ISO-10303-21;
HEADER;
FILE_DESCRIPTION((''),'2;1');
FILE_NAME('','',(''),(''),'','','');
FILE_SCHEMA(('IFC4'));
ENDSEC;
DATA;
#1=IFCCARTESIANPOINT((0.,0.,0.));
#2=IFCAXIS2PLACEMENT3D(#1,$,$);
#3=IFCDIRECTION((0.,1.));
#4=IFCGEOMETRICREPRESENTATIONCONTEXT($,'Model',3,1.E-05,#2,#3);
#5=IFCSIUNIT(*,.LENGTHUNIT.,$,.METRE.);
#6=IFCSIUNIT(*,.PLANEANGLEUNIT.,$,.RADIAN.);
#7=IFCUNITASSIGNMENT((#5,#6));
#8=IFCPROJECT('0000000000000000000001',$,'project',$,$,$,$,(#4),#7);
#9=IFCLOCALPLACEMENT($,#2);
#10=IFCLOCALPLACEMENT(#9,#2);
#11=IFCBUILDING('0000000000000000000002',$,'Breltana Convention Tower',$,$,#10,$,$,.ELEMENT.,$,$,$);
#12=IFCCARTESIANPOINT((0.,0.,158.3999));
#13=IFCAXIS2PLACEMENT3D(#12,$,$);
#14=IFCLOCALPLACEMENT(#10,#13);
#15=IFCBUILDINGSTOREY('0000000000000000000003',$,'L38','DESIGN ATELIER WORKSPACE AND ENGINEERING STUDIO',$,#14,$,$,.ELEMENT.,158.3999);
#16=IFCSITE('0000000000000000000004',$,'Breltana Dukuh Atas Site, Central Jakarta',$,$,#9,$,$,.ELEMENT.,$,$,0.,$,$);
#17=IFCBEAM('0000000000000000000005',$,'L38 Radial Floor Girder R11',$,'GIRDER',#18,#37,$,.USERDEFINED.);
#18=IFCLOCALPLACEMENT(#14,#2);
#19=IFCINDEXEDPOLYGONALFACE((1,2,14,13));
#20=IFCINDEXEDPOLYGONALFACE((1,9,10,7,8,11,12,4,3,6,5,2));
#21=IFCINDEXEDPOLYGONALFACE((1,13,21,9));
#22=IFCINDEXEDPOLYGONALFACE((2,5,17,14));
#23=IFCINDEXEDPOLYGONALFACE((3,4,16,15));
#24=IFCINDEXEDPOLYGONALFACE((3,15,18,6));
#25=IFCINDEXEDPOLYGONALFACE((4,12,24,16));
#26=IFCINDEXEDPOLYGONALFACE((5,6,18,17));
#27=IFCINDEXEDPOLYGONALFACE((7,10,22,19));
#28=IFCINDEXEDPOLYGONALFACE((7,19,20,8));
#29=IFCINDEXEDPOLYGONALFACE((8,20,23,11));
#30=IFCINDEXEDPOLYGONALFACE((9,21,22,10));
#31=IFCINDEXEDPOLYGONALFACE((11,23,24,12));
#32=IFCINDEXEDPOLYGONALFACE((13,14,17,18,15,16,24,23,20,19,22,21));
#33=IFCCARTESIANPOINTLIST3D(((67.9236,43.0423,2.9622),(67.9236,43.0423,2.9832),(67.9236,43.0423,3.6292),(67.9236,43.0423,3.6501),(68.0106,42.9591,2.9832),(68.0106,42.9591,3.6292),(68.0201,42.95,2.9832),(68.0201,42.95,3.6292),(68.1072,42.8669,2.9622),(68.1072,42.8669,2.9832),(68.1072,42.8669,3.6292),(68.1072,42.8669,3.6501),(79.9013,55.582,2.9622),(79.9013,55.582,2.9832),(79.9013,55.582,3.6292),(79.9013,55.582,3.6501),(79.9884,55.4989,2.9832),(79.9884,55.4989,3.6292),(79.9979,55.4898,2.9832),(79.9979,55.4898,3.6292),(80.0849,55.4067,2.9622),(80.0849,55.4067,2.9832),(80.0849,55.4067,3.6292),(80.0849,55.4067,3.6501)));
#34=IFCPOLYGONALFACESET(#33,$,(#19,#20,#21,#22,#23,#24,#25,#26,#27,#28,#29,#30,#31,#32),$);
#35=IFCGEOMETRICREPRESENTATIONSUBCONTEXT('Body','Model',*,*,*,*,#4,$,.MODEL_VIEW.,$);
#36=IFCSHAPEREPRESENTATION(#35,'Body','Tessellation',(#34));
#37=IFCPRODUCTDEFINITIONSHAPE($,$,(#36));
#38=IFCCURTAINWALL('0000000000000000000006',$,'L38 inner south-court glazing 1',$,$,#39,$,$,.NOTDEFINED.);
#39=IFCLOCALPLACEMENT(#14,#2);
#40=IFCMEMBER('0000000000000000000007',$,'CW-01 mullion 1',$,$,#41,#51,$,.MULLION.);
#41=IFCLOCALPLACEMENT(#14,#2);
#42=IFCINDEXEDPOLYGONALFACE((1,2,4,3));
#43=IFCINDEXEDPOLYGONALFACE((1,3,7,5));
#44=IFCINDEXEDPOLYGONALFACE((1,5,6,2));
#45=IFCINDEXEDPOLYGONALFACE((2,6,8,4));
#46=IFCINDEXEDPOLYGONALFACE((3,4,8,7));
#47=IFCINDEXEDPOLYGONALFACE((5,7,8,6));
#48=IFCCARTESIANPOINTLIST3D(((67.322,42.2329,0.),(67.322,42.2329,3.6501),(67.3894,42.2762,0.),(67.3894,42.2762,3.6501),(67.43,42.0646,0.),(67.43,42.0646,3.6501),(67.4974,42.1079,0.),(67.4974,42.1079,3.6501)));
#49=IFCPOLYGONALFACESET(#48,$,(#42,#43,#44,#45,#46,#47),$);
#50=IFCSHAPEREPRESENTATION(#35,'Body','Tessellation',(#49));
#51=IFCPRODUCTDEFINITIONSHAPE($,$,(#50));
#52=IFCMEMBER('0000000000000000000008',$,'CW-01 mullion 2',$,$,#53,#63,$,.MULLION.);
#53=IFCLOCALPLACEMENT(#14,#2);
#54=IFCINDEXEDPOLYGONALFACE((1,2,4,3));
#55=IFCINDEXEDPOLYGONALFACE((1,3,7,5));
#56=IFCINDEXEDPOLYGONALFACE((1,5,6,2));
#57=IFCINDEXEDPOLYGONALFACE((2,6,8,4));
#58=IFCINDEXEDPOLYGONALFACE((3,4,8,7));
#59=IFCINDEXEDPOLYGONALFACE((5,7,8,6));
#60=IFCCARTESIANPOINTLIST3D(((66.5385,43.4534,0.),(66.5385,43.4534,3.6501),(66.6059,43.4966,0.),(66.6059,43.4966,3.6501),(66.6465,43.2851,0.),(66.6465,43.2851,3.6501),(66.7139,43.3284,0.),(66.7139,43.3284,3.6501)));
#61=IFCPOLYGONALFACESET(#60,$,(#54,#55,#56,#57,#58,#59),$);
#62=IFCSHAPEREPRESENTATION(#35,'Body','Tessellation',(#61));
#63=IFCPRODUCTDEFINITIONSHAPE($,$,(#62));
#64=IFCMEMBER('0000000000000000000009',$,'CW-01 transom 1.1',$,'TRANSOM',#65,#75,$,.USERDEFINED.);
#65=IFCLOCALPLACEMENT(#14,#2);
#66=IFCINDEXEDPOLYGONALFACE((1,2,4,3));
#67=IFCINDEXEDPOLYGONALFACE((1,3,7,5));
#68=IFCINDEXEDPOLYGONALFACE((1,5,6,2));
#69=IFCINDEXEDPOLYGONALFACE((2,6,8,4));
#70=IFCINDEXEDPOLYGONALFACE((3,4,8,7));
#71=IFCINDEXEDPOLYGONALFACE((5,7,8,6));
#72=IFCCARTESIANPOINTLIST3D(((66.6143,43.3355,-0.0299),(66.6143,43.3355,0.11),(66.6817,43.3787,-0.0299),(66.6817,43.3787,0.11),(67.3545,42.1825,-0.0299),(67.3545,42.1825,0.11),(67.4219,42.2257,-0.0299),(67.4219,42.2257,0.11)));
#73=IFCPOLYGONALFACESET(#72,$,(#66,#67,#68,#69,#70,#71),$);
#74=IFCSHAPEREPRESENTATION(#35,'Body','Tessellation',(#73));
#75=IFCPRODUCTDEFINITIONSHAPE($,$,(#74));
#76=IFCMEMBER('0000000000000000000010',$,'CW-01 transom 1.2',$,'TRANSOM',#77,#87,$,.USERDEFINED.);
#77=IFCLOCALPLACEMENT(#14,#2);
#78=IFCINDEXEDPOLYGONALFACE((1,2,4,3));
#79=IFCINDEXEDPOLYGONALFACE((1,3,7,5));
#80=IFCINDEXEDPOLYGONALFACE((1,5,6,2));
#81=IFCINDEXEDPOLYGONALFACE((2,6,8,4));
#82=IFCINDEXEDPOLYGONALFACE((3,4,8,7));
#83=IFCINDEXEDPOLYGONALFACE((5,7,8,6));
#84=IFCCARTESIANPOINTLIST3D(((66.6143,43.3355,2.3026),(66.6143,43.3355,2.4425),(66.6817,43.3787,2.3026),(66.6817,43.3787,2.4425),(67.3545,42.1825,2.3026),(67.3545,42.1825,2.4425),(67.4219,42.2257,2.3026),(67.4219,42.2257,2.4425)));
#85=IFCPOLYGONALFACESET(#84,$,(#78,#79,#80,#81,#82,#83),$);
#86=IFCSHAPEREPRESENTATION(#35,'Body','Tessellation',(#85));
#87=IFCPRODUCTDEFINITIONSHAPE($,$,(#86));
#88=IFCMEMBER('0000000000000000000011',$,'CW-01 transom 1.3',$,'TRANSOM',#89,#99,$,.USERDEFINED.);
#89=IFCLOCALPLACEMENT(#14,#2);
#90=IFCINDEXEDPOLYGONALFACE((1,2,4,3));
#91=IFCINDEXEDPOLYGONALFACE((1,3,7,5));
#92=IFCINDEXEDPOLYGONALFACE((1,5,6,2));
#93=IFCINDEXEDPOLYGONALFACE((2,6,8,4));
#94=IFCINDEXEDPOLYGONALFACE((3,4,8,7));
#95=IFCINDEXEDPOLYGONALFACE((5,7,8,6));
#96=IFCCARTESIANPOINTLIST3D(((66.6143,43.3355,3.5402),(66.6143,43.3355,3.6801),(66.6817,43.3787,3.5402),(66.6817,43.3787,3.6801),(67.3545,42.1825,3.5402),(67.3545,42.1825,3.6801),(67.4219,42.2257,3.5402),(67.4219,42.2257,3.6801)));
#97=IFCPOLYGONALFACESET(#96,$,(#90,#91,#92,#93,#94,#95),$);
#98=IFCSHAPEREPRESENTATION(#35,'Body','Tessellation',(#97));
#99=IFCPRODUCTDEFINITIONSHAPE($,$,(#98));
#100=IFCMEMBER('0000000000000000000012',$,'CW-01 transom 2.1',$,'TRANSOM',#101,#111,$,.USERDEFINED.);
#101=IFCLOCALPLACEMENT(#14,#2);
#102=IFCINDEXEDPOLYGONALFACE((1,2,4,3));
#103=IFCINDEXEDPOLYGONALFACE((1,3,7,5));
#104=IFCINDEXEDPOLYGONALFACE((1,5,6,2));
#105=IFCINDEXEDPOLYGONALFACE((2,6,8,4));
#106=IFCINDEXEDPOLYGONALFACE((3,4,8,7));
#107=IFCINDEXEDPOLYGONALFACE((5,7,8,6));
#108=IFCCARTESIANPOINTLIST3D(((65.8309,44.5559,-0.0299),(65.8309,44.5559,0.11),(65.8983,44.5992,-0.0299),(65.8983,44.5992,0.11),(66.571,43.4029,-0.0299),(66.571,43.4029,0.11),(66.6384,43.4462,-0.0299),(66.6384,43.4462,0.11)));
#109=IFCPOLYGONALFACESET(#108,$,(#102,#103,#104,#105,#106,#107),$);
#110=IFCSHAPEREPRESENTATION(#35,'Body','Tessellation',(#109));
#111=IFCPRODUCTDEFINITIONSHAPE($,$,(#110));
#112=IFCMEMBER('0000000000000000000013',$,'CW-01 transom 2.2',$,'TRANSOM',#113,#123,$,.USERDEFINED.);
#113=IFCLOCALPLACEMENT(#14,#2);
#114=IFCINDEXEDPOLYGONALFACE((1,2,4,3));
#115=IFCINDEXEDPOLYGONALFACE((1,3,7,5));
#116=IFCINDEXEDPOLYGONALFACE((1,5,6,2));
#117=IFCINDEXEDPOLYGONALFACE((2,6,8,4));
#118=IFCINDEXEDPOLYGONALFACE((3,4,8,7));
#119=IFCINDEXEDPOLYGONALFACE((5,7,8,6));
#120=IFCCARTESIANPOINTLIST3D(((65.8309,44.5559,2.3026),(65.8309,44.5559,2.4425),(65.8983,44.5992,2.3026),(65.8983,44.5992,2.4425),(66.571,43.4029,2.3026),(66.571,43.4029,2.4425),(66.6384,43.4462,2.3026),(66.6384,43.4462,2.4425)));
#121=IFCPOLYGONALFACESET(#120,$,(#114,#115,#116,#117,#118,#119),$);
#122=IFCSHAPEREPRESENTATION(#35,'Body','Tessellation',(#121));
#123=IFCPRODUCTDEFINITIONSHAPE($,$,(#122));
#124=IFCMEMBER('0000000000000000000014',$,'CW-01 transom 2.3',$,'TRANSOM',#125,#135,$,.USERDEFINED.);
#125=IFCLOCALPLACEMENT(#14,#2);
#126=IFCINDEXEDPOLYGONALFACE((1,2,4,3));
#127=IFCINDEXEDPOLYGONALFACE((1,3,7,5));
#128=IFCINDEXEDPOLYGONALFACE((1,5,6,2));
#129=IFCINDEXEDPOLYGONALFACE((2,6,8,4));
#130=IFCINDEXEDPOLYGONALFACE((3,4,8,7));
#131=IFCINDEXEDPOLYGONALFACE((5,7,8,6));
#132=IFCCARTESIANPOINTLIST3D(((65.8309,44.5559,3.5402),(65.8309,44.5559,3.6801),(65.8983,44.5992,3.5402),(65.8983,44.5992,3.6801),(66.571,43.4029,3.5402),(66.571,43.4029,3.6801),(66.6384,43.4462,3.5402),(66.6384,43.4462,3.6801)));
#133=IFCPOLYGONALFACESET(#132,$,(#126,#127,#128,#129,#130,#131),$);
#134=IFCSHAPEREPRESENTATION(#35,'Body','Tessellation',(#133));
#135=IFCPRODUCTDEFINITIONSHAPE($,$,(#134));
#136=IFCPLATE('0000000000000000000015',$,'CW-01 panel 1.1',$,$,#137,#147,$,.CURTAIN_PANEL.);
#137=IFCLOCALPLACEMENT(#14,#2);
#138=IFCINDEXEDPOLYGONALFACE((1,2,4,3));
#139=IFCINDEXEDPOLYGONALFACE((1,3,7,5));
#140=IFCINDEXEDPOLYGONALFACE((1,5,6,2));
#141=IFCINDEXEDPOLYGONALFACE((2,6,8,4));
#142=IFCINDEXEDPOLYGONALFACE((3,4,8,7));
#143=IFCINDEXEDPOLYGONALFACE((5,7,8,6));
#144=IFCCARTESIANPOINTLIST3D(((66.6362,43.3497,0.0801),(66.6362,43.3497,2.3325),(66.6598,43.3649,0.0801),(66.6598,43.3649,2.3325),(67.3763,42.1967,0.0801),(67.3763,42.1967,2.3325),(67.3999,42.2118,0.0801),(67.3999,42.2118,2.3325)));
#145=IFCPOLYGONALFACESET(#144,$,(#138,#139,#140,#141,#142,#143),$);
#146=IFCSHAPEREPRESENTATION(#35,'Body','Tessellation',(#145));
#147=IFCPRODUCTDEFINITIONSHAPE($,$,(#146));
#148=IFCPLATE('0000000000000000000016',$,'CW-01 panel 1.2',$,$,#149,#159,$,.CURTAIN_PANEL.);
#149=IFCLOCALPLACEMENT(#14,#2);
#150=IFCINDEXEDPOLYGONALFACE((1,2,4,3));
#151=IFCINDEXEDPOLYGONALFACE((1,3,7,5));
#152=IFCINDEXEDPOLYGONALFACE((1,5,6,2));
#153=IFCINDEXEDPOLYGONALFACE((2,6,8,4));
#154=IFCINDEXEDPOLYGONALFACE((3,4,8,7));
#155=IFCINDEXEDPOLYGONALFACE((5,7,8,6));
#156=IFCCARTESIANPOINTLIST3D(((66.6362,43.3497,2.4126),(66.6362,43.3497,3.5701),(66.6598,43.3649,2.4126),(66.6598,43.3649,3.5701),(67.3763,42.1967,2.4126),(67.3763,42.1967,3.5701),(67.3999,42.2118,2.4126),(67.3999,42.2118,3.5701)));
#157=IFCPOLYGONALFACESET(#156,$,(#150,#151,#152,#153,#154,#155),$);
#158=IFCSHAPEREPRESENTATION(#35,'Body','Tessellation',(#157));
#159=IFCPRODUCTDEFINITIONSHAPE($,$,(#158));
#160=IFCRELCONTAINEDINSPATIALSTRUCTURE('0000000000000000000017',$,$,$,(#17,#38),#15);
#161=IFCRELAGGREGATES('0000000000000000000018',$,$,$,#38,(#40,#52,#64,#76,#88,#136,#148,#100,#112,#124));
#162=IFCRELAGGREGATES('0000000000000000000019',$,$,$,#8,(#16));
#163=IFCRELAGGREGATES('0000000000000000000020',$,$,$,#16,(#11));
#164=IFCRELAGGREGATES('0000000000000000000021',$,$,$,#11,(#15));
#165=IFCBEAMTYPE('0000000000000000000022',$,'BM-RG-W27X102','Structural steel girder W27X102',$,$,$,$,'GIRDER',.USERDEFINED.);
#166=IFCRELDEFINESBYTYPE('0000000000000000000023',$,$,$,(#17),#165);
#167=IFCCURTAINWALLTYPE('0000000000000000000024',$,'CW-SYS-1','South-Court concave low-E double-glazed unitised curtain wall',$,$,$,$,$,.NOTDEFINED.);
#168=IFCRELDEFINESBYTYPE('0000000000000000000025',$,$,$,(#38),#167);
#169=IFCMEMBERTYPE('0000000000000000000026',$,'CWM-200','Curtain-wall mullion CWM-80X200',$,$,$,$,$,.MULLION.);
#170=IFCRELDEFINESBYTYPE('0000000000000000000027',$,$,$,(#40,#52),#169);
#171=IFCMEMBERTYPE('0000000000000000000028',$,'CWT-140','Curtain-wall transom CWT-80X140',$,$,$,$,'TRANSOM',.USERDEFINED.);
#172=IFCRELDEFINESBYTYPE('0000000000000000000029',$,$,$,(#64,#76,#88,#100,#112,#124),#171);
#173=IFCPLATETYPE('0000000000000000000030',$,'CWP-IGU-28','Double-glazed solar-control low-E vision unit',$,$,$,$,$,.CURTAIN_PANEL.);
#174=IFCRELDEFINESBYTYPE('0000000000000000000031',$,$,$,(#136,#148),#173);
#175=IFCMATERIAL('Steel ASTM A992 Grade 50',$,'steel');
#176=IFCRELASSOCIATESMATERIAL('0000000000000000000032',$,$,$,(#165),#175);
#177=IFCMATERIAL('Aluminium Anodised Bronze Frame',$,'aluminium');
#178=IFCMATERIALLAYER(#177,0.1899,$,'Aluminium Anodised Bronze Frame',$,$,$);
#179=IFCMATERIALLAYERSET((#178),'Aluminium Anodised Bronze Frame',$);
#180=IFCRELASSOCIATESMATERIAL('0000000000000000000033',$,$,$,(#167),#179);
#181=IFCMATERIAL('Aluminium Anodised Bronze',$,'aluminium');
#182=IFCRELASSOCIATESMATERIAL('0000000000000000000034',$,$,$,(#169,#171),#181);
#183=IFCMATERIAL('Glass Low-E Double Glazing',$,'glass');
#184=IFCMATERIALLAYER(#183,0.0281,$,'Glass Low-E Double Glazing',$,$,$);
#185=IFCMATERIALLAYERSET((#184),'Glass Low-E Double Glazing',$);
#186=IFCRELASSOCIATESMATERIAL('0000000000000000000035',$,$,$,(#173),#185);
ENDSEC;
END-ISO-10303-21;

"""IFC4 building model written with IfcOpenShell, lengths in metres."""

from ifc_helpers import new_model, si_unit, direction, frame, origin, origin_2d, place, context, subcontext, project, spatial, rectangle, i_section, extrude, source, transform, mapped, material, layer, layer_set, material_profile, profile_set, type_object, type_shapes, element, aggregate, save


model = new_model("IFC4")

# Units and contexts
model_context = context("Model", 3, precision=1e-05, world=origin(), true_north=direction((0.0, 1.0)))
body_context = subcontext(model_context, "Body", "Model", "MODEL_VIEW")
ifc_project = project(units=[si_unit("LENGTHUNIT", "METRE"), si_unit("PLANEANGLEUNIT", "RADIAN")], contexts=[model_context])

# Site, building, storey
site_placement = place(None, origin())
site = spatial("IfcSite", under=ifc_project, at=site_placement, Name="Breltana Dukuh Atas Site, Central Jakarta", CompositionType="ELEMENT", RefElevation=0.0)
building_placement = place(site_placement, origin())
building = spatial("IfcBuilding", under=site, at=building_placement, Name="Breltana Convention Tower", CompositionType="ELEMENT")
storey_placement = place(building_placement, frame((0.0, 0.0, 158.3999)))
storey = spatial("IfcBuildingStorey", under=building, at=storey_placement, Name="L38", Description="DESIGN ATELIER WORKSPACE AND ENGINEERING STUDIO", CompositionType="ELEMENT", Elevation=158.3999)

# Beam
ifc_material_1 = material(Name="Steel ASTM A992 Grade 50", Category="steel")
ifc_material_profile_1 = material_profile(ifc_material_1, i_section(OverallWidth=0.2539, OverallDepth=0.688, WebThickness=0.0132, FlangeThickness=0.021, at=origin_2d()), Name="W27X102")
ifc_profile_set_1 = profile_set([ifc_material_profile_1], Name="Steel ASTM A992 Grade 50")
beam_type = type_object("IfcBeamType", Name="BM-RG-W27X102", Description="Structural steel girder W27X102", ElementType="GIRDER", PredefinedType="USERDEFINED", material=ifc_profile_set_1)
shared_shape_1 = source(origin(), body_context, "Body", "SweptSolid", [
    extrude(i_section(OverallWidth=0.2539, OverallDepth=0.688, WebThickness=0.0132, FlangeThickness=0.021, at=origin_2d()), origin(), (0.0, 0.0, 1.0), 17.3411),
])
type_shapes(beam_type, [shared_shape_1])
beam_placement = place(storey_placement, frame((68.0154, 42.9546, 3.3062), z_axis=(0.690716, 0.723126, 0.0), x_axis=(-0.723126, 0.690716, 0.0)))
element("IfcBeam", 1, at=beam_placement, inside=storey, type_object=beam_type, Name="L38 Radial Floor Girder R11", ObjectType="GIRDER", PredefinedType="USERDEFINED", context=body_context, shape_type="MappedRepresentation", body=[
    mapped(shared_shape_1, transform((0.0, 0.0, 0.0), scale=1.0)),
])

# Curtain wall, members, plates
ifc_material_2 = material(Name="Aluminium Anodised Bronze Frame", Category="aluminium")
ifc_layer_1 = layer(ifc_material_2, 0.1899, Name="Aluminium Anodised Bronze Frame")
ifc_layer_set_1 = layer_set([ifc_layer_1], Name="Aluminium Anodised Bronze Frame")
curtain_wall_type = type_object("IfcCurtainWallType", Name="CW-SYS-1", Description="South-Court concave low-E double-glazed unitised curtain wall", PredefinedType="NOTDEFINED", material=ifc_layer_set_1)
curtain_wall_placement = place(storey_placement, origin())
curtain_wall = element("IfcCurtainWall", 2, at=curtain_wall_placement, inside=storey, type_object=curtain_wall_type, Name="L38 inner south-court glazing 1", PredefinedType="NOTDEFINED")
ifc_material_3 = material(Name="Aluminium Anodised Bronze", Category="aluminium")
ifc_material_profile_2 = material_profile(ifc_material_3, rectangle(XDim=0.0801, YDim=0.2, at=origin_2d()), Name="CWM-80X200")
ifc_profile_set_2 = profile_set([ifc_material_profile_2], Name="Aluminium Anodised Bronze")
member_type_1 = type_object("IfcMemberType", Name="CWM-200", Description="Curtain-wall mullion CWM-80X200", PredefinedType="MULLION", material=ifc_profile_set_2)
shared_shape_2 = source(origin(), body_context, "Body", "SweptSolid", [
    extrude(rectangle(XDim=0.0801, YDim=0.2, at=origin_2d()), origin(), (0.0, 0.0, 1.0), 3.6501),
])
member_1_placement = place(storey_placement, frame((67.4097, 42.1704, 0.0), z_axis=(0.0, 0.0, 1.0), x_axis=(-0.841547, -0.540184, 0.0)))
member_1 = element("IfcMember", 3, at=member_1_placement, type_object=member_type_1, Name="CW-01 mullion 1", PredefinedType="MULLION", context=body_context, shape_type="MappedRepresentation", body=[
    mapped(shared_shape_2, transform((0.0, 0.0, 0.0), scale=1.0)),
])
member_2_placement = place(storey_placement, frame((66.6262, 43.3909, 0.0), z_axis=(0.0, 0.0, 1.0), x_axis=(-0.841547, -0.540184, 0.0)))
member_2 = element("IfcMember", 4, at=member_2_placement, type_object=member_type_1, Name="CW-01 mullion 2", PredefinedType="MULLION", context=body_context, shape_type="MappedRepresentation", body=[
    mapped(shared_shape_2, transform((0.0, 0.0, 0.0), scale=1.0)),
])
ifc_material_profile_3 = material_profile(ifc_material_3, rectangle(XDim=0.0801, YDim=0.1399, at=origin_2d()), Name="CWT-80X140")
ifc_profile_set_3 = profile_set([ifc_material_profile_3], Name="Aluminium Anodised Bronze")
member_type_2 = type_object("IfcMemberType", Name="CWT-140", Description="Curtain-wall transom CWT-80X140", ElementType="TRANSOM", PredefinedType="USERDEFINED", material=ifc_profile_set_3)
shared_shape_3 = source(origin(), body_context, "Body", "SweptSolid", [
    extrude(rectangle(XDim=0.0801, YDim=0.1399, at=origin_2d()), origin(), (0.0, 0.0, 1.0), 1.3701),
])
member_3_placement = place(storey_placement, frame((67.3882, 42.2041, 0.04), z_axis=(-0.540226, 0.84152, 0.0), x_axis=(-0.84152, -0.540226, 0.0)))
member_3 = element("IfcMember", 5, at=member_3_placement, type_object=member_type_2, Name="CW-01 transom 1.1", ObjectType="TRANSOM", PredefinedType="USERDEFINED", context=body_context, shape_type="MappedRepresentation", body=[
    mapped(shared_shape_3, transform((0.0, 0.0, 0.0), scale=1.0)),
])
member_4_placement = place(storey_placement, frame((67.3882, 42.2041, 2.3726), z_axis=(-0.540226, 0.84152, 0.0), x_axis=(-0.84152, -0.540226, 0.0)))
member_4 = element("IfcMember", 6, at=member_4_placement, type_object=member_type_2, Name="CW-01 transom 1.2", ObjectType="TRANSOM", PredefinedType="USERDEFINED", context=body_context, shape_type="MappedRepresentation", body=[
    mapped(shared_shape_3, transform((0.0, 0.0, 0.0), scale=1.0)),
])
member_5_placement = place(storey_placement, frame((67.3882, 42.2041, 3.6101), z_axis=(-0.540226, 0.84152, 0.0), x_axis=(-0.84152, -0.540226, 0.0)))
member_5 = element("IfcMember", 7, at=member_5_placement, type_object=member_type_2, Name="CW-01 transom 1.3", ObjectType="TRANSOM", PredefinedType="USERDEFINED", context=body_context, shape_type="MappedRepresentation", body=[
    mapped(shared_shape_3, transform((0.0, 0.0, 0.0), scale=1.0)),
])
member_6_placement = place(storey_placement, frame((66.6047, 43.4246, 0.04), z_axis=(-0.540226, 0.84152, 0.0), x_axis=(-0.84152, -0.540226, 0.0)))
member_6 = element("IfcMember", 8, at=member_6_placement, type_object=member_type_2, Name="CW-01 transom 2.1", ObjectType="TRANSOM", PredefinedType="USERDEFINED", context=body_context, shape_type="MappedRepresentation", body=[
    mapped(shared_shape_3, transform((0.0, 0.0, 0.0), scale=1.0)),
])
member_7_placement = place(storey_placement, frame((66.6047, 43.4246, 2.3726), z_axis=(-0.540226, 0.84152, 0.0), x_axis=(-0.84152, -0.540226, 0.0)))
member_7 = element("IfcMember", 9, at=member_7_placement, type_object=member_type_2, Name="CW-01 transom 2.2", ObjectType="TRANSOM", PredefinedType="USERDEFINED", context=body_context, shape_type="MappedRepresentation", body=[
    mapped(shared_shape_3, transform((0.0, 0.0, 0.0), scale=1.0)),
])
member_8_placement = place(storey_placement, frame((66.6047, 43.4246, 3.6101), z_axis=(-0.540226, 0.84152, 0.0), x_axis=(-0.84152, -0.540226, 0.0)))
member_8 = element("IfcMember", 10, at=member_8_placement, type_object=member_type_2, Name="CW-01 transom 2.3", ObjectType="TRANSOM", PredefinedType="USERDEFINED", context=body_context, shape_type="MappedRepresentation", body=[
    mapped(shared_shape_3, transform((0.0, 0.0, 0.0), scale=1.0)),
])
ifc_material_4 = material(Name="Glass Low-E Double Glazing", Category="glass")
ifc_layer_2 = layer(ifc_material_4, 0.0281, Name="Glass Low-E Double Glazing")
ifc_layer_set_2 = layer_set([ifc_layer_2], Name="Glass Low-E Double Glazing")
plate_type = type_object("IfcPlateType", Name="CWP-IGU-28", Description="Double-glazed solar-control low-E vision unit", PredefinedType="CURTAIN_PANEL", material=ifc_layer_set_2)
shared_shape_4 = source(origin(), body_context, "Body", "SweptSolid", [
    extrude(rectangle(XDim=1.3701, YDim=0.0281, at=origin_2d()), origin(), (0.0, 0.0, 1.0), 2.2524),
])
plate_1_placement = place(storey_placement, frame((67.0181, 42.7808, 0.0801), z_axis=(0.0, 0.0, 1.0), x_axis=(-0.540184, 0.841547, 0.0)))
plate_1 = element("IfcPlate", 11, at=plate_1_placement, type_object=plate_type, Name="CW-01 panel 1.1", PredefinedType="CURTAIN_PANEL", context=body_context, shape_type="MappedRepresentation", body=[
    mapped(shared_shape_4, transform((0.0, 0.0, 0.0), scale=1.0)),
])
shared_shape_5 = source(origin(), body_context, "Body", "SweptSolid", [
    extrude(rectangle(XDim=1.3701, YDim=0.0281, at=origin_2d()), origin(), (0.0, 0.0, 1.0), 1.1575),
])
plate_2_placement = place(storey_placement, frame((67.0181, 42.7808, 2.4126), z_axis=(0.0, 0.0, 1.0), x_axis=(-0.540184, 0.841547, 0.0)))
plate_2 = element("IfcPlate", 12, at=plate_2_placement, type_object=plate_type, Name="CW-01 panel 1.2", PredefinedType="CURTAIN_PANEL", context=body_context, shape_type="MappedRepresentation", body=[
    mapped(shared_shape_5, transform((0.0, 0.0, 0.0), scale=1.0)),
])
aggregate(curtain_wall, [member_1, member_2, member_3, member_4, member_5, plate_1, plate_2, member_6, member_7, member_8])

save(model, "model.ifc")
